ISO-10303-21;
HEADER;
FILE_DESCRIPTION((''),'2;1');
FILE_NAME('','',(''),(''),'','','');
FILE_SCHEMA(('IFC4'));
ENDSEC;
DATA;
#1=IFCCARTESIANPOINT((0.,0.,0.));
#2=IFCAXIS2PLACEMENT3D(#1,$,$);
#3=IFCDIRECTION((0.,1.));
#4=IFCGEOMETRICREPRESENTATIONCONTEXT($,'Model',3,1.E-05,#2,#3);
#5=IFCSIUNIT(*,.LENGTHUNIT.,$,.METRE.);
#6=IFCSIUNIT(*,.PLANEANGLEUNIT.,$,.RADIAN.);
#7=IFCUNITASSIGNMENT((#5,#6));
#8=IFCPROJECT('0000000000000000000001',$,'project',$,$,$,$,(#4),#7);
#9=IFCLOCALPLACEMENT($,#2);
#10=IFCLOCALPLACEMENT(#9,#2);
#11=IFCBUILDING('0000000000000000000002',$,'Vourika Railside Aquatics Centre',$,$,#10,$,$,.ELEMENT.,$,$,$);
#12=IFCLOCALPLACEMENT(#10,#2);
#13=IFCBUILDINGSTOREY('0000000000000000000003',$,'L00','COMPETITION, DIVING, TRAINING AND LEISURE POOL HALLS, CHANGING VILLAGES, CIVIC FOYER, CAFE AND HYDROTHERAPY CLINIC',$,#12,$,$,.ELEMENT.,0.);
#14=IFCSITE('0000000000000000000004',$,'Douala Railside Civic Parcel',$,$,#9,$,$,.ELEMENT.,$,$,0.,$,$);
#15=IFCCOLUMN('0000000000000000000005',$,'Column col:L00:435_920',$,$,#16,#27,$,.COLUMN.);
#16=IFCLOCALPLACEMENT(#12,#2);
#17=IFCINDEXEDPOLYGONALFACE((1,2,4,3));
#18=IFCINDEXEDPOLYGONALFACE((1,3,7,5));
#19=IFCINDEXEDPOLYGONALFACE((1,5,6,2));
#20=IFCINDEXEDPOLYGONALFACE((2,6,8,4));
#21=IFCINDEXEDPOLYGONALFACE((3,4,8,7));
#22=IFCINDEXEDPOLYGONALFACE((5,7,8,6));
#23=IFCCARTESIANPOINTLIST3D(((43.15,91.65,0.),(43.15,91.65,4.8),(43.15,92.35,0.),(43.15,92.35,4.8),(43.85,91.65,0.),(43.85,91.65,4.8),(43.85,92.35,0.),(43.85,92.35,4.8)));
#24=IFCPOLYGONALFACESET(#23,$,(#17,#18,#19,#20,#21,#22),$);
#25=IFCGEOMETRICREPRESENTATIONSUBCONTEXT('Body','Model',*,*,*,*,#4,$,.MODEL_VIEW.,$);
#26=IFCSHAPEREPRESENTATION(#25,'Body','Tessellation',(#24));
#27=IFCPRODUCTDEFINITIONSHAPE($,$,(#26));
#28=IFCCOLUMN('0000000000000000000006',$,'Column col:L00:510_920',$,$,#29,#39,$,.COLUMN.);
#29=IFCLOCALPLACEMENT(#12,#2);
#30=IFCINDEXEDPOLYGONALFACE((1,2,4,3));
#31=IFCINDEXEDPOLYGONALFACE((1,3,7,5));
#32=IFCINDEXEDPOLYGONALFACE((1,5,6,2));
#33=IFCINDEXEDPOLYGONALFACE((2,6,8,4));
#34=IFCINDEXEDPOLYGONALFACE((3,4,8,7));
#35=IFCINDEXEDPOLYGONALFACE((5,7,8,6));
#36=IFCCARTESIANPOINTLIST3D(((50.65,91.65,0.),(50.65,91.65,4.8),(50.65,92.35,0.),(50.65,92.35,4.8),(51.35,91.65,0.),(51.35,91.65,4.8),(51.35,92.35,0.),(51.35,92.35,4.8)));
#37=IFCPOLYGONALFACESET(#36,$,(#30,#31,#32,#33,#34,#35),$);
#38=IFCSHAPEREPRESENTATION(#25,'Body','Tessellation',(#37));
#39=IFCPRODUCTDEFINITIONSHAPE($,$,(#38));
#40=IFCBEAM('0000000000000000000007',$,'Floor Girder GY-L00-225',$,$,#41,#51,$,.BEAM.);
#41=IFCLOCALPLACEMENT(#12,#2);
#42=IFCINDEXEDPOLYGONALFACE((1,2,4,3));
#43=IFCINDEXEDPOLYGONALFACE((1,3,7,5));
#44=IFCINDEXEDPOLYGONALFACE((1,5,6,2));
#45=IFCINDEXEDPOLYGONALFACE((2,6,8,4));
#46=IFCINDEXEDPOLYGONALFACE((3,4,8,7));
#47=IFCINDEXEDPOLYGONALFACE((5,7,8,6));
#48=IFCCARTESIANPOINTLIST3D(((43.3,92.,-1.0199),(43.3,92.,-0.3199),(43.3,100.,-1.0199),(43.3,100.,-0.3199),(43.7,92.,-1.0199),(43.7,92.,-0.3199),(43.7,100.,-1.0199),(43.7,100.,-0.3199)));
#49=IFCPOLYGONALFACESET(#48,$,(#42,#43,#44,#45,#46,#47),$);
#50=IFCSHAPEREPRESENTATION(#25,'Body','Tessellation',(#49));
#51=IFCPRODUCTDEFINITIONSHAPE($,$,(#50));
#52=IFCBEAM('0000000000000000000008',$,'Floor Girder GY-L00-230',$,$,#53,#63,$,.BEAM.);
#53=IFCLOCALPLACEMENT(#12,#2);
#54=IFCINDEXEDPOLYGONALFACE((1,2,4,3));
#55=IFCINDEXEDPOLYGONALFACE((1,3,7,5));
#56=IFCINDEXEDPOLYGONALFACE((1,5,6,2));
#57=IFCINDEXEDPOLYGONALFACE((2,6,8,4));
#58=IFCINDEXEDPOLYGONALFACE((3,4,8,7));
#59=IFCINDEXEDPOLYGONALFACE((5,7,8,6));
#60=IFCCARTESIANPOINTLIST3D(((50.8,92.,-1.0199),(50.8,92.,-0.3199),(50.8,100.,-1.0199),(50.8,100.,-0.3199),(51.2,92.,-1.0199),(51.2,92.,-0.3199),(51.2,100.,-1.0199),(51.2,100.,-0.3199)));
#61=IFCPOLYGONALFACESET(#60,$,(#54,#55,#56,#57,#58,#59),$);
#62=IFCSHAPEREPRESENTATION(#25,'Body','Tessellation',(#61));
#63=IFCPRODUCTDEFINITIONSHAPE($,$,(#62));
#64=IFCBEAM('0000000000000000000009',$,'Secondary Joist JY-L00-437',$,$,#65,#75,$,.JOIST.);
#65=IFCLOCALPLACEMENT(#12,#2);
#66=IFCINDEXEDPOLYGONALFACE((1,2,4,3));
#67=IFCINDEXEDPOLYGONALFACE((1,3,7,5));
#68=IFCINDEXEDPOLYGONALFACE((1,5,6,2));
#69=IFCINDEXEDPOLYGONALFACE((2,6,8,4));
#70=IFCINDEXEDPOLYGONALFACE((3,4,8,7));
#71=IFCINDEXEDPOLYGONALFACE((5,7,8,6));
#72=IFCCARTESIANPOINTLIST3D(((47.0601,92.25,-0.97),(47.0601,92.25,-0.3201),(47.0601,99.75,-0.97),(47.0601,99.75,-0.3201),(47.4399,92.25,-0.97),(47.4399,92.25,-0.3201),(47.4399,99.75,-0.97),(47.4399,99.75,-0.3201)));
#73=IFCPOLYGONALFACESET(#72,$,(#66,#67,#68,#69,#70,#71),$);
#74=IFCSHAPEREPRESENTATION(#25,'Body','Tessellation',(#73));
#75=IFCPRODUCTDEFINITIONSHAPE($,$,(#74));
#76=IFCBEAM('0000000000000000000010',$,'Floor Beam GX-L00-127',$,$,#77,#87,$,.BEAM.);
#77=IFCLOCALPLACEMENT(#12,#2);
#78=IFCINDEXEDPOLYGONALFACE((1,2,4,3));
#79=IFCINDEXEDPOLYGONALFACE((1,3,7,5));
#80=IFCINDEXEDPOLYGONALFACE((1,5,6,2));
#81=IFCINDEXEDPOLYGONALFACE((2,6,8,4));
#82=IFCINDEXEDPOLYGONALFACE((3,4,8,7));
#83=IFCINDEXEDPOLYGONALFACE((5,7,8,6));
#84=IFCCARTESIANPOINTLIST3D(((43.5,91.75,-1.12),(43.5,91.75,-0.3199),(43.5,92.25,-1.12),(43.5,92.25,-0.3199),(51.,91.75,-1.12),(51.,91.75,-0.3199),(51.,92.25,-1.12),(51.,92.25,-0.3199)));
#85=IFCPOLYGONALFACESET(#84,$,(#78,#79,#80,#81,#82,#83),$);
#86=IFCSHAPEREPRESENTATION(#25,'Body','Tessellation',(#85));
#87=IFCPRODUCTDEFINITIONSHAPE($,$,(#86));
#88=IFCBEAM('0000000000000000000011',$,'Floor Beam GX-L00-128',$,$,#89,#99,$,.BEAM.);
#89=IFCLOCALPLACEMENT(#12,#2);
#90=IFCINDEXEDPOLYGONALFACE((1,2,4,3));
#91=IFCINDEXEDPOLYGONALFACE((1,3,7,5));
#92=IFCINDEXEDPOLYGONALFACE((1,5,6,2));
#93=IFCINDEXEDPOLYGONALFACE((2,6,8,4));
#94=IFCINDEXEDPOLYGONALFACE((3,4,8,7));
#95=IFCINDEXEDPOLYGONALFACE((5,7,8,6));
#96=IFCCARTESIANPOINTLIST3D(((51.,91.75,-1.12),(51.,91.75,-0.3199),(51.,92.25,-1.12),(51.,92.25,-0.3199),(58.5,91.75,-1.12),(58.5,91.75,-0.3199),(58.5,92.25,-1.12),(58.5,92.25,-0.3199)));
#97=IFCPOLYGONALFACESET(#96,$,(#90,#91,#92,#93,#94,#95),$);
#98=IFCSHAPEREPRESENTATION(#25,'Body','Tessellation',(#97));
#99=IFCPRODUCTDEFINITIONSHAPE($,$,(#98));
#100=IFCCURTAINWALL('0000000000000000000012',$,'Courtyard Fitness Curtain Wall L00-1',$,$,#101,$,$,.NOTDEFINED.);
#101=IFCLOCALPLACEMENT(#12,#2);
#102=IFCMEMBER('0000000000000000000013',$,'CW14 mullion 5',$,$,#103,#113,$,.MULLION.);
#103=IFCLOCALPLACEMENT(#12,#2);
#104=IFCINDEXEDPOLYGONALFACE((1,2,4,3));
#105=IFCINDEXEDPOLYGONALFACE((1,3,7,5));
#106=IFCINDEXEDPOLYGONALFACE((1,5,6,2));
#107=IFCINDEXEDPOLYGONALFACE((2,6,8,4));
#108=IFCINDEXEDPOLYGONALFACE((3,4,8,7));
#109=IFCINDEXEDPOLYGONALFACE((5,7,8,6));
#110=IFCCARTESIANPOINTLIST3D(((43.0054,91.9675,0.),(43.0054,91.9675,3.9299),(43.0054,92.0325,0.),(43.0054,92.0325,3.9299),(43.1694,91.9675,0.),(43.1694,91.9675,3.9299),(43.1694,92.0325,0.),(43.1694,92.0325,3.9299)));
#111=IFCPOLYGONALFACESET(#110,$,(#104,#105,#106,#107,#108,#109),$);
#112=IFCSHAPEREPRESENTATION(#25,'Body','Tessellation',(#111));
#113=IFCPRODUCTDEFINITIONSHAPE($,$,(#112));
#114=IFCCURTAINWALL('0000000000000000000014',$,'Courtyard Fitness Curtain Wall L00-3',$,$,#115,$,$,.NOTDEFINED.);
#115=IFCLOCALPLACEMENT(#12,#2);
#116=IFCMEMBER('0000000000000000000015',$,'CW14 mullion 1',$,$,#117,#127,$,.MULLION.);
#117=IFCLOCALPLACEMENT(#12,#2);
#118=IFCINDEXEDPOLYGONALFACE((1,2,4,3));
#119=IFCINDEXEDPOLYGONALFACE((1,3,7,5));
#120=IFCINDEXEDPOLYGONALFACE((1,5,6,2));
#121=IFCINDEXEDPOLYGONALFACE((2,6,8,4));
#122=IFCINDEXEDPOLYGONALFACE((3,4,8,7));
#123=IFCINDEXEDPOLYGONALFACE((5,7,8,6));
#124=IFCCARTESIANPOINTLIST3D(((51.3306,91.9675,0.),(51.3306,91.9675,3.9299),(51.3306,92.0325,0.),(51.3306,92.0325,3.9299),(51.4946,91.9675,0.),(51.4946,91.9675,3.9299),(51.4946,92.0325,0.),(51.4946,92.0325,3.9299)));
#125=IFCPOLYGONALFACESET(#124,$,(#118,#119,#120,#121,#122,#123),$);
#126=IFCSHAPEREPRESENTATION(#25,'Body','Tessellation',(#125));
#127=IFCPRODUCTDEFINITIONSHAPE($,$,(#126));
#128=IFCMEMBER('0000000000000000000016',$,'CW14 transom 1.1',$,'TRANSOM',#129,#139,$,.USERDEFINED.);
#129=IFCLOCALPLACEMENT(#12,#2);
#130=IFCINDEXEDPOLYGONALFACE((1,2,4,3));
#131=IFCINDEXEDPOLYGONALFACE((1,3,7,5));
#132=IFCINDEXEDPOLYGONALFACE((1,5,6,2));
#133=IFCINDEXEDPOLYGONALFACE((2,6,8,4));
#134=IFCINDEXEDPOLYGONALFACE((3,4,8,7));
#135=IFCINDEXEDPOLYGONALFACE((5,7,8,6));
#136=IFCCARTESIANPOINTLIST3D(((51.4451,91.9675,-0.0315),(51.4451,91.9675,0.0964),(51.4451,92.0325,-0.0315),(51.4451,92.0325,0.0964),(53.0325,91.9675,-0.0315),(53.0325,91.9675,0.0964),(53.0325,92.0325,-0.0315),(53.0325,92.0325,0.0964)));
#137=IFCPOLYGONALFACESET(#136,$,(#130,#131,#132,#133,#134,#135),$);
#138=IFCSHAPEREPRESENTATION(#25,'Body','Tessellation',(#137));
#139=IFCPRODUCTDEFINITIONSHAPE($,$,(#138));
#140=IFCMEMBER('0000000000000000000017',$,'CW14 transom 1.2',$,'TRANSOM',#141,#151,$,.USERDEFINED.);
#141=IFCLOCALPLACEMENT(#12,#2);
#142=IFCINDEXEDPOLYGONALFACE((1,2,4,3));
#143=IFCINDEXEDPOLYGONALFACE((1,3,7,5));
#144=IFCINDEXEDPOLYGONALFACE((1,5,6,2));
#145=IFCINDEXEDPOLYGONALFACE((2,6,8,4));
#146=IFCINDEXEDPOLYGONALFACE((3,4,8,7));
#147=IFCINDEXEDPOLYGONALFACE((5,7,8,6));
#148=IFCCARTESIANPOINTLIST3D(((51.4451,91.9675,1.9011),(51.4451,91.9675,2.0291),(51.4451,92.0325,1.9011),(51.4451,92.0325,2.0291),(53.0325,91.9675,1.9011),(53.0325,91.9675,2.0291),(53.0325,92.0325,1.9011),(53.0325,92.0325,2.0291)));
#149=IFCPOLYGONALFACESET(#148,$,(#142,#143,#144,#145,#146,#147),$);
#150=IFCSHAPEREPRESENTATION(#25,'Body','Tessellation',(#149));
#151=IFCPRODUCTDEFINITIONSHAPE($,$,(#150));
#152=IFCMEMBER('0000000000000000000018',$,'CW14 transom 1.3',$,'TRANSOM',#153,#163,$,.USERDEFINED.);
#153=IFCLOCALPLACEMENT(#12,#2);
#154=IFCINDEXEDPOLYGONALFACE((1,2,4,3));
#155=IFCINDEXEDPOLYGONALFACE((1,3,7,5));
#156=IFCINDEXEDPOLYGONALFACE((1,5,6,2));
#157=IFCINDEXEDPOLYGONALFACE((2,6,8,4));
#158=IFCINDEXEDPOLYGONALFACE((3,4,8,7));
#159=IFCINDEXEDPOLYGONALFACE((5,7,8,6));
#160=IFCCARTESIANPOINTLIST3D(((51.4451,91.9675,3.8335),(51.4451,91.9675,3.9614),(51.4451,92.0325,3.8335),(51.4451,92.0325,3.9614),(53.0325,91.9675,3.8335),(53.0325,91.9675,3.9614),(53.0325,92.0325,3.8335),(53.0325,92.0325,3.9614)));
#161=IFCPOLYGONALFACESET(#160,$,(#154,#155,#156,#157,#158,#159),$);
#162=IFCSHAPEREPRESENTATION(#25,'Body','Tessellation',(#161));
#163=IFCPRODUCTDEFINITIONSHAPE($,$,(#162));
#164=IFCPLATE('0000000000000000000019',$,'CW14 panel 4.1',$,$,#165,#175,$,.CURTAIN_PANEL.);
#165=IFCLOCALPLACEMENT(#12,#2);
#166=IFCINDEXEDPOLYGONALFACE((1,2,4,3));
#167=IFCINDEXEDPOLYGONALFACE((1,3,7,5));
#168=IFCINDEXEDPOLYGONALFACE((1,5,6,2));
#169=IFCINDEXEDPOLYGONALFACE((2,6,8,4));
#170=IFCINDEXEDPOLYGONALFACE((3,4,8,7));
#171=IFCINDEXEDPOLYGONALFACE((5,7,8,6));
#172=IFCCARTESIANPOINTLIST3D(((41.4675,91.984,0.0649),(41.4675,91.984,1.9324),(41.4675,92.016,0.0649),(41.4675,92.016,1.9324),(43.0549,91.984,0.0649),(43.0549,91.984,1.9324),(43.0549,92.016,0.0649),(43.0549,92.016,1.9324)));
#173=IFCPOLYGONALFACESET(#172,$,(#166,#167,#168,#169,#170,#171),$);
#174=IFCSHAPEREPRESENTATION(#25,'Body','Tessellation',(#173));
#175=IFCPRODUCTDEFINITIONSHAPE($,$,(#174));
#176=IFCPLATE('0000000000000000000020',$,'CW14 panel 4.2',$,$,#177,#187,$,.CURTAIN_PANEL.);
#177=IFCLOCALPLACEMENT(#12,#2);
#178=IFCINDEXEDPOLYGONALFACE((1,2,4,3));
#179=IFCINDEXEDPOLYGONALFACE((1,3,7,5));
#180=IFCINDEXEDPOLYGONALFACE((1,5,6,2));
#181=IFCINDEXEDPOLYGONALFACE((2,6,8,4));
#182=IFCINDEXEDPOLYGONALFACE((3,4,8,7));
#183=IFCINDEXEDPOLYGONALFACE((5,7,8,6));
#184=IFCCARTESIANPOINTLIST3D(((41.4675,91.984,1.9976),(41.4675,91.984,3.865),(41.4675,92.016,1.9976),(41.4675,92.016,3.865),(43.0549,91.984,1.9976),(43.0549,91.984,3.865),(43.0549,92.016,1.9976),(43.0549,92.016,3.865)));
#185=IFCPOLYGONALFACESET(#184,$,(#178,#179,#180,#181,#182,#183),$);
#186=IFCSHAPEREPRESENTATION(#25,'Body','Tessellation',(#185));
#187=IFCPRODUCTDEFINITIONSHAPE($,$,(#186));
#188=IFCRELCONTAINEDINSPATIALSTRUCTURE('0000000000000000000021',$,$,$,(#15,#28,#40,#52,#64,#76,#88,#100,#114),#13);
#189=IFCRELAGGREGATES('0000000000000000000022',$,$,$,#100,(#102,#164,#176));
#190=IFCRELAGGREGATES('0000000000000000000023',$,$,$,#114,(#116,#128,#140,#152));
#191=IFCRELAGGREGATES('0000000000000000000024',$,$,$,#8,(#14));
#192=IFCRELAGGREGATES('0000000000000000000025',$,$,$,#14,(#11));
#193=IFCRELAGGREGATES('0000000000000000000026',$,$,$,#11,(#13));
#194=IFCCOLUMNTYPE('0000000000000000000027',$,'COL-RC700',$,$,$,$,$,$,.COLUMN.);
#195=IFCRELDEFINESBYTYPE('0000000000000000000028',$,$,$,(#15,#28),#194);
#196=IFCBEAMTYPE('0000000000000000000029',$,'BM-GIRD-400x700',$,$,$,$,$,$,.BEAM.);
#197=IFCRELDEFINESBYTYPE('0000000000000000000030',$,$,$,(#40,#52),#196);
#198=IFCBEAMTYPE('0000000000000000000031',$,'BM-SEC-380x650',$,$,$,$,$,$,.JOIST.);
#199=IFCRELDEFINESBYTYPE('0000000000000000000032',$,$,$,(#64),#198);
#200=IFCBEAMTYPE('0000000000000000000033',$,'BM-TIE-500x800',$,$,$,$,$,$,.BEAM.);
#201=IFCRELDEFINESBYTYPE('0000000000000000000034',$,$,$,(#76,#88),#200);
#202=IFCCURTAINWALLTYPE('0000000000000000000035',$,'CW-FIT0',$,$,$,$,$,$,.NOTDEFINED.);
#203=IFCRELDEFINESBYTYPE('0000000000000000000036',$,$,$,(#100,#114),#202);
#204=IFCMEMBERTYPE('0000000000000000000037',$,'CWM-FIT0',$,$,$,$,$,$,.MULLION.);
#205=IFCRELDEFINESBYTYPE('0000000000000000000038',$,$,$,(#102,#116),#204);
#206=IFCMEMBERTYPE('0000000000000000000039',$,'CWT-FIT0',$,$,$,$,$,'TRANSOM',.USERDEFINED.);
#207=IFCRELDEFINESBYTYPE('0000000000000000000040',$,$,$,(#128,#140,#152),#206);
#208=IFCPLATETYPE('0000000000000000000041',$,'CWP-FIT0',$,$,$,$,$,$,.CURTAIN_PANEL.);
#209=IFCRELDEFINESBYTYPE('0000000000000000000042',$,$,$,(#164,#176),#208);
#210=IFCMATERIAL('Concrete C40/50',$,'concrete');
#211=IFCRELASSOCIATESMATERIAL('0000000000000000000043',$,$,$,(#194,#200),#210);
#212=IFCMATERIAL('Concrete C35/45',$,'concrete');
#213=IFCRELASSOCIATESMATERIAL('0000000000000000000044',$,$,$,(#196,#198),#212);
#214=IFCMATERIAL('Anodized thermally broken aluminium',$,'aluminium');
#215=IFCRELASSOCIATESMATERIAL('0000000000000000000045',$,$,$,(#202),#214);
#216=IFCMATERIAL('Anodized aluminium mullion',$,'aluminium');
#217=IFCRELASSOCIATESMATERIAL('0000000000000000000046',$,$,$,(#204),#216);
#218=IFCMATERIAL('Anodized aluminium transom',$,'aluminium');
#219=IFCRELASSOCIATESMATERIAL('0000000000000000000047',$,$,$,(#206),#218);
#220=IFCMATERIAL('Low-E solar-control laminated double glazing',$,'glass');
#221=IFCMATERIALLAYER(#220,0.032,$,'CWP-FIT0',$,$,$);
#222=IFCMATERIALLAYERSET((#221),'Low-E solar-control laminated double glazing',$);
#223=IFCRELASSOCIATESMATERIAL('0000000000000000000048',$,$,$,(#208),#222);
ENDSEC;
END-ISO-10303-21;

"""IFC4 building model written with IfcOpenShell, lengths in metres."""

from ifc_helpers import new_model, si_unit, direction, frame, origin, origin_2d, place, context, subcontext, project, spatial, rectangle, extrude, material, layer, layer_set, material_profile, profile_set, type_object, element, aggregate, save


model = new_model("IFC4")

# Units and contexts
model_context = context("Model", 3, precision=1e-05, world=origin(), true_north=direction((0.0, 1.0)))
body_context = subcontext(model_context, "Body", "Model", "MODEL_VIEW")
ifc_project = project(units=[si_unit("LENGTHUNIT", "METRE"), si_unit("PLANEANGLEUNIT", "RADIAN")], contexts=[model_context])

# Site, building, storey
site_placement = place(None, origin())
site = spatial("IfcSite", under=ifc_project, at=site_placement, Name="Douala Railside Civic Parcel", CompositionType="ELEMENT", RefElevation=0.0)
building_placement = place(site_placement, origin())
building = spatial("IfcBuilding", under=site, at=building_placement, Name="Vourika Railside Aquatics Centre", CompositionType="ELEMENT")
storey_placement = place(building_placement, origin())
storey = spatial("IfcBuildingStorey", under=building, at=storey_placement, Name="L00", Description="COMPETITION, DIVING, TRAINING AND LEISURE POOL HALLS, CHANGING VILLAGES, CIVIC FOYER, CAFE AND HYDROTHERAPY CLINIC", CompositionType="ELEMENT", Elevation=0.0)

# Columns
ifc_material_1 = material(Name="Concrete C40/50", Category="concrete")
ifc_material_profile_1 = material_profile(ifc_material_1, rectangle(XDim=0.7, YDim=0.7, at=origin_2d()), Name="RC 700x700")
ifc_profile_set_1 = profile_set([ifc_material_profile_1], Name="Concrete C40/50")
column_type = type_object("IfcColumnType", Name="COL-RC700", PredefinedType="COLUMN", material=ifc_profile_set_1)
for number, where, z_axis, x_axis, name in (
    (1, (43.5, 92.0, 0.0), (0.0, 0.0, 1.0), (1.0, 0.0, 0.0), "Column col:L00:435_920"),
    (2, (51.0, 92.0, 0.0), (0.0, 0.0, 1.0), (1.0, 0.0, 0.0), "Column col:L00:510_920"),
):
    element("IfcColumn", number, at=place(storey_placement, frame(where, z_axis=z_axis, x_axis=x_axis)), inside=storey, type_object=column_type, Name=name, PredefinedType="COLUMN", context=body_context, shape_type="SweptSolid", body=[
        extrude(rectangle(XDim=0.7, YDim=0.7, at=origin_2d()), origin(), (0.0, 0.0, 1.0), 4.8),
    ])

# Beams
ifc_material_2 = material(Name="Concrete C35/45", Category="concrete")
ifc_material_profile_2 = material_profile(ifc_material_2, rectangle(XDim=0.3999, YDim=0.7, at=origin_2d()), Name="RC 400x700")
ifc_profile_set_2 = profile_set([ifc_material_profile_2], Name="Concrete C35/45")
beam_type_1 = type_object("IfcBeamType", Name="BM-GIRD-400x700", PredefinedType="BEAM", material=ifc_profile_set_2)
for number, where, z_axis, x_axis, name in (
    (3, (43.5, 92.0, -0.6699), (0.0, 1.0, 0.0), (-1.0, 0.0, 0.0), "Floor Girder GY-L00-225"),
    (4, (51.0, 92.0, -0.6699), (0.0, 1.0, 0.0), (-1.0, 0.0, 0.0), "Floor Girder GY-L00-230"),
):
    element("IfcBeam", number, at=place(storey_placement, frame(where, z_axis=z_axis, x_axis=x_axis)), inside=storey, type_object=beam_type_1, Name=name, PredefinedType="BEAM", context=body_context, shape_type="SweptSolid", body=[
        extrude(rectangle(XDim=0.3999, YDim=0.7, at=origin_2d()), origin(), (0.0, 0.0, 1.0), 8.0),
    ])
ifc_material_profile_3 = material_profile(ifc_material_2, rectangle(XDim=0.3799, YDim=0.6499, at=origin_2d()), Name="RC 380x650")
ifc_profile_set_3 = profile_set([ifc_material_profile_3], Name="Concrete C35/45")
beam_type_2 = type_object("IfcBeamType", Name="BM-SEC-380x650", PredefinedType="JOIST", material=ifc_profile_set_3)
beam_placement = place(storey_placement, frame((47.25, 92.25, -0.645), z_axis=(0.0, 1.0, 0.0), x_axis=(-1.0, 0.0, 0.0)))
element("IfcBeam", 5, at=beam_placement, inside=storey, type_object=beam_type_2, Name="Secondary Joist JY-L00-437", PredefinedType="JOIST", context=body_context, shape_type="SweptSolid", body=[
    extrude(rectangle(XDim=0.3799, YDim=0.6499, at=origin_2d()), origin(), (0.0, 0.0, 1.0), 7.5),
])
ifc_material_profile_4 = material_profile(ifc_material_1, rectangle(XDim=0.5, YDim=0.8, at=origin_2d()), Name="RC 500x800")
ifc_profile_set_4 = profile_set([ifc_material_profile_4], Name="Concrete C40/50")
beam_type_3 = type_object("IfcBeamType", Name="BM-TIE-500x800", PredefinedType="BEAM", material=ifc_profile_set_4)
for number, where, z_axis, x_axis, name in (
    (6, (43.5, 92.0, -0.72), (1.0, 0.0, 0.0), (0.0, 1.0, 0.0), "Floor Beam GX-L00-127"),
    (7, (51.0, 92.0, -0.72), (1.0, 0.0, 0.0), (0.0, 1.0, 0.0), "Floor Beam GX-L00-128"),
):
    element("IfcBeam", number, at=place(storey_placement, frame(where, z_axis=z_axis, x_axis=x_axis)), inside=storey, type_object=beam_type_3, Name=name, PredefinedType="BEAM", context=body_context, shape_type="SweptSolid", body=[
        extrude(rectangle(XDim=0.5, YDim=0.8, at=origin_2d()), origin(), (0.0, 0.0, 1.0), 7.5),
    ])

# Curtain wall, member
ifc_material_3 = material(Name="Anodized thermally broken aluminium", Category="aluminium")
curtain_wall_type = type_object("IfcCurtainWallType", Name="CW-FIT0", PredefinedType="NOTDEFINED", material=ifc_material_3)
curtain_wall_1_placement = place(storey_placement, origin())
curtain_wall_1 = element("IfcCurtainWall", 8, at=curtain_wall_1_placement, inside=storey, type_object=curtain_wall_type, Name="Courtyard Fitness Curtain Wall L00-1", PredefinedType="NOTDEFINED")
ifc_material_4 = material(Name="Anodized aluminium mullion", Category="aluminium")
ifc_material_profile_5 = material_profile(ifc_material_4, rectangle(XDim=0.0649, YDim=0.1641, at=origin_2d()), Name="ALU-M 65x164")
ifc_profile_set_5 = profile_set([ifc_material_profile_5], Name="Anodized aluminium mullion")
member_type_1 = type_object("IfcMemberType", Name="CWM-FIT0", PredefinedType="MULLION", material=ifc_profile_set_5)
member_1_placement = place(storey_placement, frame((43.0874, 92.0, 0.0), z_axis=(0.0, 0.0, 1.0), x_axis=(0.0, 1.0, 0.0)))
member_1 = element("IfcMember", 9, at=member_1_placement, type_object=member_type_1, Name="CW14 mullion 5", PredefinedType="MULLION", context=body_context, shape_type="SweptSolid", body=[
    extrude(rectangle(XDim=0.0649, YDim=0.1641, at=origin_2d()), origin(), (0.0, 0.0, 1.0), 3.9299),
])

# Curtain wall, members
curtain_wall_2_placement = place(storey_placement, origin())
curtain_wall_2 = element("IfcCurtainWall", 10, at=curtain_wall_2_placement, inside=storey, type_object=curtain_wall_type, Name="Courtyard Fitness Curtain Wall L00-3", PredefinedType="NOTDEFINED")
member_2_placement = place(storey_placement, frame((51.4126, 92.0, 0.0), z_axis=(0.0, 0.0, 1.0), x_axis=(0.0, 1.0, 0.0)))
member_2 = element("IfcMember", 11, at=member_2_placement, type_object=member_type_1, Name="CW14 mullion 1", PredefinedType="MULLION", context=body_context, shape_type="SweptSolid", body=[
    extrude(rectangle(XDim=0.0649, YDim=0.1641, at=origin_2d()), origin(), (0.0, 0.0, 1.0), 3.9299),
])
ifc_material_5 = material(Name="Anodized aluminium transom", Category="aluminium")
ifc_material_profile_6 = material_profile(ifc_material_5, rectangle(XDim=0.0649, YDim=0.1279, at=origin_2d()), Name="ALU-T 65x128")
ifc_profile_set_6 = profile_set([ifc_material_profile_6], Name="Anodized aluminium transom")
member_type_2 = type_object("IfcMemberType", Name="CWT-FIT0", ElementType="TRANSOM", PredefinedType="USERDEFINED", material=ifc_profile_set_6)
member_3_placement = place(storey_placement, frame((51.4451, 92.0, 0.0325), z_axis=(1.0, 0.0, 0.0), x_axis=(0.0, 1.0, 0.0)))
member_3 = element("IfcMember", 12, at=member_3_placement, type_object=member_type_2, Name="CW14 transom 1.1", ObjectType="TRANSOM", PredefinedType="USERDEFINED", context=body_context, shape_type="SweptSolid", body=[
    extrude(rectangle(XDim=0.0649, YDim=0.1279, at=origin_2d()), origin(), (0.0, 0.0, 1.0), 1.5874),
])
member_4_placement = place(storey_placement, frame((51.4451, 92.0, 1.9651), z_axis=(1.0, 0.0, 0.0), x_axis=(0.0, 1.0, 0.0)))
member_4 = element("IfcMember", 13, at=member_4_placement, type_object=member_type_2, Name="CW14 transom 1.2", ObjectType="TRANSOM", PredefinedType="USERDEFINED", context=body_context, shape_type="SweptSolid", body=[
    extrude(rectangle(XDim=0.0649, YDim=0.1279, at=origin_2d()), origin(), (0.0, 0.0, 1.0), 1.5874),
])
member_5_placement = place(storey_placement, frame((51.4451, 92.0, 3.8975), z_axis=(1.0, 0.0, 0.0), x_axis=(0.0, 1.0, 0.0)))
member_5 = element("IfcMember", 14, at=member_5_placement, type_object=member_type_2, Name="CW14 transom 1.3", ObjectType="TRANSOM", PredefinedType="USERDEFINED", context=body_context, shape_type="SweptSolid", body=[
    extrude(rectangle(XDim=0.0649, YDim=0.1279, at=origin_2d()), origin(), (0.0, 0.0, 1.0), 1.5874),
])

# Plates
ifc_material_6 = material(Name="Low-E solar-control laminated double glazing", Category="glass")
ifc_layer_1 = layer(ifc_material_6, 0.032, Name="CWP-FIT0")
ifc_layer_set_1 = layer_set([ifc_layer_1], Name="Low-E solar-control laminated double glazing")
plate_type = type_object("IfcPlateType", Name="CWP-FIT0", PredefinedType="CURTAIN_PANEL", material=ifc_layer_set_1)
plate_1_placement = place(storey_placement, frame((42.2612, 92.0, 0.0649), z_axis=(0.0, 0.0, 1.0), x_axis=(1.0, 0.0, 0.0)))
plate_1 = element("IfcPlate", 15, at=plate_1_placement, type_object=plate_type, Name="CW14 panel 4.1", PredefinedType="CURTAIN_PANEL", context=body_context, shape_type="SweptSolid", body=[
    extrude(rectangle(XDim=1.5874, YDim=0.032, at=origin_2d()), origin(), (0.0, 0.0, 1.0), 1.8674),
])
plate_2_placement = place(storey_placement, frame((42.2612, 92.0, 1.9976), z_axis=(0.0, 0.0, 1.0), x_axis=(1.0, 0.0, 0.0)))
plate_2 = element("IfcPlate", 16, at=plate_2_placement, type_object=plate_type, Name="CW14 panel 4.2", PredefinedType="CURTAIN_PANEL", context=body_context, shape_type="SweptSolid", body=[
    extrude(rectangle(XDim=1.5874, YDim=0.032, at=origin_2d()), origin(), (0.0, 0.0, 1.0), 1.8674),
])
aggregate(curtain_wall_1, [member_1, plate_1, plate_2])
aggregate(curtain_wall_2, [member_2, member_3, member_4, member_5])

save(model, "model.ifc")
